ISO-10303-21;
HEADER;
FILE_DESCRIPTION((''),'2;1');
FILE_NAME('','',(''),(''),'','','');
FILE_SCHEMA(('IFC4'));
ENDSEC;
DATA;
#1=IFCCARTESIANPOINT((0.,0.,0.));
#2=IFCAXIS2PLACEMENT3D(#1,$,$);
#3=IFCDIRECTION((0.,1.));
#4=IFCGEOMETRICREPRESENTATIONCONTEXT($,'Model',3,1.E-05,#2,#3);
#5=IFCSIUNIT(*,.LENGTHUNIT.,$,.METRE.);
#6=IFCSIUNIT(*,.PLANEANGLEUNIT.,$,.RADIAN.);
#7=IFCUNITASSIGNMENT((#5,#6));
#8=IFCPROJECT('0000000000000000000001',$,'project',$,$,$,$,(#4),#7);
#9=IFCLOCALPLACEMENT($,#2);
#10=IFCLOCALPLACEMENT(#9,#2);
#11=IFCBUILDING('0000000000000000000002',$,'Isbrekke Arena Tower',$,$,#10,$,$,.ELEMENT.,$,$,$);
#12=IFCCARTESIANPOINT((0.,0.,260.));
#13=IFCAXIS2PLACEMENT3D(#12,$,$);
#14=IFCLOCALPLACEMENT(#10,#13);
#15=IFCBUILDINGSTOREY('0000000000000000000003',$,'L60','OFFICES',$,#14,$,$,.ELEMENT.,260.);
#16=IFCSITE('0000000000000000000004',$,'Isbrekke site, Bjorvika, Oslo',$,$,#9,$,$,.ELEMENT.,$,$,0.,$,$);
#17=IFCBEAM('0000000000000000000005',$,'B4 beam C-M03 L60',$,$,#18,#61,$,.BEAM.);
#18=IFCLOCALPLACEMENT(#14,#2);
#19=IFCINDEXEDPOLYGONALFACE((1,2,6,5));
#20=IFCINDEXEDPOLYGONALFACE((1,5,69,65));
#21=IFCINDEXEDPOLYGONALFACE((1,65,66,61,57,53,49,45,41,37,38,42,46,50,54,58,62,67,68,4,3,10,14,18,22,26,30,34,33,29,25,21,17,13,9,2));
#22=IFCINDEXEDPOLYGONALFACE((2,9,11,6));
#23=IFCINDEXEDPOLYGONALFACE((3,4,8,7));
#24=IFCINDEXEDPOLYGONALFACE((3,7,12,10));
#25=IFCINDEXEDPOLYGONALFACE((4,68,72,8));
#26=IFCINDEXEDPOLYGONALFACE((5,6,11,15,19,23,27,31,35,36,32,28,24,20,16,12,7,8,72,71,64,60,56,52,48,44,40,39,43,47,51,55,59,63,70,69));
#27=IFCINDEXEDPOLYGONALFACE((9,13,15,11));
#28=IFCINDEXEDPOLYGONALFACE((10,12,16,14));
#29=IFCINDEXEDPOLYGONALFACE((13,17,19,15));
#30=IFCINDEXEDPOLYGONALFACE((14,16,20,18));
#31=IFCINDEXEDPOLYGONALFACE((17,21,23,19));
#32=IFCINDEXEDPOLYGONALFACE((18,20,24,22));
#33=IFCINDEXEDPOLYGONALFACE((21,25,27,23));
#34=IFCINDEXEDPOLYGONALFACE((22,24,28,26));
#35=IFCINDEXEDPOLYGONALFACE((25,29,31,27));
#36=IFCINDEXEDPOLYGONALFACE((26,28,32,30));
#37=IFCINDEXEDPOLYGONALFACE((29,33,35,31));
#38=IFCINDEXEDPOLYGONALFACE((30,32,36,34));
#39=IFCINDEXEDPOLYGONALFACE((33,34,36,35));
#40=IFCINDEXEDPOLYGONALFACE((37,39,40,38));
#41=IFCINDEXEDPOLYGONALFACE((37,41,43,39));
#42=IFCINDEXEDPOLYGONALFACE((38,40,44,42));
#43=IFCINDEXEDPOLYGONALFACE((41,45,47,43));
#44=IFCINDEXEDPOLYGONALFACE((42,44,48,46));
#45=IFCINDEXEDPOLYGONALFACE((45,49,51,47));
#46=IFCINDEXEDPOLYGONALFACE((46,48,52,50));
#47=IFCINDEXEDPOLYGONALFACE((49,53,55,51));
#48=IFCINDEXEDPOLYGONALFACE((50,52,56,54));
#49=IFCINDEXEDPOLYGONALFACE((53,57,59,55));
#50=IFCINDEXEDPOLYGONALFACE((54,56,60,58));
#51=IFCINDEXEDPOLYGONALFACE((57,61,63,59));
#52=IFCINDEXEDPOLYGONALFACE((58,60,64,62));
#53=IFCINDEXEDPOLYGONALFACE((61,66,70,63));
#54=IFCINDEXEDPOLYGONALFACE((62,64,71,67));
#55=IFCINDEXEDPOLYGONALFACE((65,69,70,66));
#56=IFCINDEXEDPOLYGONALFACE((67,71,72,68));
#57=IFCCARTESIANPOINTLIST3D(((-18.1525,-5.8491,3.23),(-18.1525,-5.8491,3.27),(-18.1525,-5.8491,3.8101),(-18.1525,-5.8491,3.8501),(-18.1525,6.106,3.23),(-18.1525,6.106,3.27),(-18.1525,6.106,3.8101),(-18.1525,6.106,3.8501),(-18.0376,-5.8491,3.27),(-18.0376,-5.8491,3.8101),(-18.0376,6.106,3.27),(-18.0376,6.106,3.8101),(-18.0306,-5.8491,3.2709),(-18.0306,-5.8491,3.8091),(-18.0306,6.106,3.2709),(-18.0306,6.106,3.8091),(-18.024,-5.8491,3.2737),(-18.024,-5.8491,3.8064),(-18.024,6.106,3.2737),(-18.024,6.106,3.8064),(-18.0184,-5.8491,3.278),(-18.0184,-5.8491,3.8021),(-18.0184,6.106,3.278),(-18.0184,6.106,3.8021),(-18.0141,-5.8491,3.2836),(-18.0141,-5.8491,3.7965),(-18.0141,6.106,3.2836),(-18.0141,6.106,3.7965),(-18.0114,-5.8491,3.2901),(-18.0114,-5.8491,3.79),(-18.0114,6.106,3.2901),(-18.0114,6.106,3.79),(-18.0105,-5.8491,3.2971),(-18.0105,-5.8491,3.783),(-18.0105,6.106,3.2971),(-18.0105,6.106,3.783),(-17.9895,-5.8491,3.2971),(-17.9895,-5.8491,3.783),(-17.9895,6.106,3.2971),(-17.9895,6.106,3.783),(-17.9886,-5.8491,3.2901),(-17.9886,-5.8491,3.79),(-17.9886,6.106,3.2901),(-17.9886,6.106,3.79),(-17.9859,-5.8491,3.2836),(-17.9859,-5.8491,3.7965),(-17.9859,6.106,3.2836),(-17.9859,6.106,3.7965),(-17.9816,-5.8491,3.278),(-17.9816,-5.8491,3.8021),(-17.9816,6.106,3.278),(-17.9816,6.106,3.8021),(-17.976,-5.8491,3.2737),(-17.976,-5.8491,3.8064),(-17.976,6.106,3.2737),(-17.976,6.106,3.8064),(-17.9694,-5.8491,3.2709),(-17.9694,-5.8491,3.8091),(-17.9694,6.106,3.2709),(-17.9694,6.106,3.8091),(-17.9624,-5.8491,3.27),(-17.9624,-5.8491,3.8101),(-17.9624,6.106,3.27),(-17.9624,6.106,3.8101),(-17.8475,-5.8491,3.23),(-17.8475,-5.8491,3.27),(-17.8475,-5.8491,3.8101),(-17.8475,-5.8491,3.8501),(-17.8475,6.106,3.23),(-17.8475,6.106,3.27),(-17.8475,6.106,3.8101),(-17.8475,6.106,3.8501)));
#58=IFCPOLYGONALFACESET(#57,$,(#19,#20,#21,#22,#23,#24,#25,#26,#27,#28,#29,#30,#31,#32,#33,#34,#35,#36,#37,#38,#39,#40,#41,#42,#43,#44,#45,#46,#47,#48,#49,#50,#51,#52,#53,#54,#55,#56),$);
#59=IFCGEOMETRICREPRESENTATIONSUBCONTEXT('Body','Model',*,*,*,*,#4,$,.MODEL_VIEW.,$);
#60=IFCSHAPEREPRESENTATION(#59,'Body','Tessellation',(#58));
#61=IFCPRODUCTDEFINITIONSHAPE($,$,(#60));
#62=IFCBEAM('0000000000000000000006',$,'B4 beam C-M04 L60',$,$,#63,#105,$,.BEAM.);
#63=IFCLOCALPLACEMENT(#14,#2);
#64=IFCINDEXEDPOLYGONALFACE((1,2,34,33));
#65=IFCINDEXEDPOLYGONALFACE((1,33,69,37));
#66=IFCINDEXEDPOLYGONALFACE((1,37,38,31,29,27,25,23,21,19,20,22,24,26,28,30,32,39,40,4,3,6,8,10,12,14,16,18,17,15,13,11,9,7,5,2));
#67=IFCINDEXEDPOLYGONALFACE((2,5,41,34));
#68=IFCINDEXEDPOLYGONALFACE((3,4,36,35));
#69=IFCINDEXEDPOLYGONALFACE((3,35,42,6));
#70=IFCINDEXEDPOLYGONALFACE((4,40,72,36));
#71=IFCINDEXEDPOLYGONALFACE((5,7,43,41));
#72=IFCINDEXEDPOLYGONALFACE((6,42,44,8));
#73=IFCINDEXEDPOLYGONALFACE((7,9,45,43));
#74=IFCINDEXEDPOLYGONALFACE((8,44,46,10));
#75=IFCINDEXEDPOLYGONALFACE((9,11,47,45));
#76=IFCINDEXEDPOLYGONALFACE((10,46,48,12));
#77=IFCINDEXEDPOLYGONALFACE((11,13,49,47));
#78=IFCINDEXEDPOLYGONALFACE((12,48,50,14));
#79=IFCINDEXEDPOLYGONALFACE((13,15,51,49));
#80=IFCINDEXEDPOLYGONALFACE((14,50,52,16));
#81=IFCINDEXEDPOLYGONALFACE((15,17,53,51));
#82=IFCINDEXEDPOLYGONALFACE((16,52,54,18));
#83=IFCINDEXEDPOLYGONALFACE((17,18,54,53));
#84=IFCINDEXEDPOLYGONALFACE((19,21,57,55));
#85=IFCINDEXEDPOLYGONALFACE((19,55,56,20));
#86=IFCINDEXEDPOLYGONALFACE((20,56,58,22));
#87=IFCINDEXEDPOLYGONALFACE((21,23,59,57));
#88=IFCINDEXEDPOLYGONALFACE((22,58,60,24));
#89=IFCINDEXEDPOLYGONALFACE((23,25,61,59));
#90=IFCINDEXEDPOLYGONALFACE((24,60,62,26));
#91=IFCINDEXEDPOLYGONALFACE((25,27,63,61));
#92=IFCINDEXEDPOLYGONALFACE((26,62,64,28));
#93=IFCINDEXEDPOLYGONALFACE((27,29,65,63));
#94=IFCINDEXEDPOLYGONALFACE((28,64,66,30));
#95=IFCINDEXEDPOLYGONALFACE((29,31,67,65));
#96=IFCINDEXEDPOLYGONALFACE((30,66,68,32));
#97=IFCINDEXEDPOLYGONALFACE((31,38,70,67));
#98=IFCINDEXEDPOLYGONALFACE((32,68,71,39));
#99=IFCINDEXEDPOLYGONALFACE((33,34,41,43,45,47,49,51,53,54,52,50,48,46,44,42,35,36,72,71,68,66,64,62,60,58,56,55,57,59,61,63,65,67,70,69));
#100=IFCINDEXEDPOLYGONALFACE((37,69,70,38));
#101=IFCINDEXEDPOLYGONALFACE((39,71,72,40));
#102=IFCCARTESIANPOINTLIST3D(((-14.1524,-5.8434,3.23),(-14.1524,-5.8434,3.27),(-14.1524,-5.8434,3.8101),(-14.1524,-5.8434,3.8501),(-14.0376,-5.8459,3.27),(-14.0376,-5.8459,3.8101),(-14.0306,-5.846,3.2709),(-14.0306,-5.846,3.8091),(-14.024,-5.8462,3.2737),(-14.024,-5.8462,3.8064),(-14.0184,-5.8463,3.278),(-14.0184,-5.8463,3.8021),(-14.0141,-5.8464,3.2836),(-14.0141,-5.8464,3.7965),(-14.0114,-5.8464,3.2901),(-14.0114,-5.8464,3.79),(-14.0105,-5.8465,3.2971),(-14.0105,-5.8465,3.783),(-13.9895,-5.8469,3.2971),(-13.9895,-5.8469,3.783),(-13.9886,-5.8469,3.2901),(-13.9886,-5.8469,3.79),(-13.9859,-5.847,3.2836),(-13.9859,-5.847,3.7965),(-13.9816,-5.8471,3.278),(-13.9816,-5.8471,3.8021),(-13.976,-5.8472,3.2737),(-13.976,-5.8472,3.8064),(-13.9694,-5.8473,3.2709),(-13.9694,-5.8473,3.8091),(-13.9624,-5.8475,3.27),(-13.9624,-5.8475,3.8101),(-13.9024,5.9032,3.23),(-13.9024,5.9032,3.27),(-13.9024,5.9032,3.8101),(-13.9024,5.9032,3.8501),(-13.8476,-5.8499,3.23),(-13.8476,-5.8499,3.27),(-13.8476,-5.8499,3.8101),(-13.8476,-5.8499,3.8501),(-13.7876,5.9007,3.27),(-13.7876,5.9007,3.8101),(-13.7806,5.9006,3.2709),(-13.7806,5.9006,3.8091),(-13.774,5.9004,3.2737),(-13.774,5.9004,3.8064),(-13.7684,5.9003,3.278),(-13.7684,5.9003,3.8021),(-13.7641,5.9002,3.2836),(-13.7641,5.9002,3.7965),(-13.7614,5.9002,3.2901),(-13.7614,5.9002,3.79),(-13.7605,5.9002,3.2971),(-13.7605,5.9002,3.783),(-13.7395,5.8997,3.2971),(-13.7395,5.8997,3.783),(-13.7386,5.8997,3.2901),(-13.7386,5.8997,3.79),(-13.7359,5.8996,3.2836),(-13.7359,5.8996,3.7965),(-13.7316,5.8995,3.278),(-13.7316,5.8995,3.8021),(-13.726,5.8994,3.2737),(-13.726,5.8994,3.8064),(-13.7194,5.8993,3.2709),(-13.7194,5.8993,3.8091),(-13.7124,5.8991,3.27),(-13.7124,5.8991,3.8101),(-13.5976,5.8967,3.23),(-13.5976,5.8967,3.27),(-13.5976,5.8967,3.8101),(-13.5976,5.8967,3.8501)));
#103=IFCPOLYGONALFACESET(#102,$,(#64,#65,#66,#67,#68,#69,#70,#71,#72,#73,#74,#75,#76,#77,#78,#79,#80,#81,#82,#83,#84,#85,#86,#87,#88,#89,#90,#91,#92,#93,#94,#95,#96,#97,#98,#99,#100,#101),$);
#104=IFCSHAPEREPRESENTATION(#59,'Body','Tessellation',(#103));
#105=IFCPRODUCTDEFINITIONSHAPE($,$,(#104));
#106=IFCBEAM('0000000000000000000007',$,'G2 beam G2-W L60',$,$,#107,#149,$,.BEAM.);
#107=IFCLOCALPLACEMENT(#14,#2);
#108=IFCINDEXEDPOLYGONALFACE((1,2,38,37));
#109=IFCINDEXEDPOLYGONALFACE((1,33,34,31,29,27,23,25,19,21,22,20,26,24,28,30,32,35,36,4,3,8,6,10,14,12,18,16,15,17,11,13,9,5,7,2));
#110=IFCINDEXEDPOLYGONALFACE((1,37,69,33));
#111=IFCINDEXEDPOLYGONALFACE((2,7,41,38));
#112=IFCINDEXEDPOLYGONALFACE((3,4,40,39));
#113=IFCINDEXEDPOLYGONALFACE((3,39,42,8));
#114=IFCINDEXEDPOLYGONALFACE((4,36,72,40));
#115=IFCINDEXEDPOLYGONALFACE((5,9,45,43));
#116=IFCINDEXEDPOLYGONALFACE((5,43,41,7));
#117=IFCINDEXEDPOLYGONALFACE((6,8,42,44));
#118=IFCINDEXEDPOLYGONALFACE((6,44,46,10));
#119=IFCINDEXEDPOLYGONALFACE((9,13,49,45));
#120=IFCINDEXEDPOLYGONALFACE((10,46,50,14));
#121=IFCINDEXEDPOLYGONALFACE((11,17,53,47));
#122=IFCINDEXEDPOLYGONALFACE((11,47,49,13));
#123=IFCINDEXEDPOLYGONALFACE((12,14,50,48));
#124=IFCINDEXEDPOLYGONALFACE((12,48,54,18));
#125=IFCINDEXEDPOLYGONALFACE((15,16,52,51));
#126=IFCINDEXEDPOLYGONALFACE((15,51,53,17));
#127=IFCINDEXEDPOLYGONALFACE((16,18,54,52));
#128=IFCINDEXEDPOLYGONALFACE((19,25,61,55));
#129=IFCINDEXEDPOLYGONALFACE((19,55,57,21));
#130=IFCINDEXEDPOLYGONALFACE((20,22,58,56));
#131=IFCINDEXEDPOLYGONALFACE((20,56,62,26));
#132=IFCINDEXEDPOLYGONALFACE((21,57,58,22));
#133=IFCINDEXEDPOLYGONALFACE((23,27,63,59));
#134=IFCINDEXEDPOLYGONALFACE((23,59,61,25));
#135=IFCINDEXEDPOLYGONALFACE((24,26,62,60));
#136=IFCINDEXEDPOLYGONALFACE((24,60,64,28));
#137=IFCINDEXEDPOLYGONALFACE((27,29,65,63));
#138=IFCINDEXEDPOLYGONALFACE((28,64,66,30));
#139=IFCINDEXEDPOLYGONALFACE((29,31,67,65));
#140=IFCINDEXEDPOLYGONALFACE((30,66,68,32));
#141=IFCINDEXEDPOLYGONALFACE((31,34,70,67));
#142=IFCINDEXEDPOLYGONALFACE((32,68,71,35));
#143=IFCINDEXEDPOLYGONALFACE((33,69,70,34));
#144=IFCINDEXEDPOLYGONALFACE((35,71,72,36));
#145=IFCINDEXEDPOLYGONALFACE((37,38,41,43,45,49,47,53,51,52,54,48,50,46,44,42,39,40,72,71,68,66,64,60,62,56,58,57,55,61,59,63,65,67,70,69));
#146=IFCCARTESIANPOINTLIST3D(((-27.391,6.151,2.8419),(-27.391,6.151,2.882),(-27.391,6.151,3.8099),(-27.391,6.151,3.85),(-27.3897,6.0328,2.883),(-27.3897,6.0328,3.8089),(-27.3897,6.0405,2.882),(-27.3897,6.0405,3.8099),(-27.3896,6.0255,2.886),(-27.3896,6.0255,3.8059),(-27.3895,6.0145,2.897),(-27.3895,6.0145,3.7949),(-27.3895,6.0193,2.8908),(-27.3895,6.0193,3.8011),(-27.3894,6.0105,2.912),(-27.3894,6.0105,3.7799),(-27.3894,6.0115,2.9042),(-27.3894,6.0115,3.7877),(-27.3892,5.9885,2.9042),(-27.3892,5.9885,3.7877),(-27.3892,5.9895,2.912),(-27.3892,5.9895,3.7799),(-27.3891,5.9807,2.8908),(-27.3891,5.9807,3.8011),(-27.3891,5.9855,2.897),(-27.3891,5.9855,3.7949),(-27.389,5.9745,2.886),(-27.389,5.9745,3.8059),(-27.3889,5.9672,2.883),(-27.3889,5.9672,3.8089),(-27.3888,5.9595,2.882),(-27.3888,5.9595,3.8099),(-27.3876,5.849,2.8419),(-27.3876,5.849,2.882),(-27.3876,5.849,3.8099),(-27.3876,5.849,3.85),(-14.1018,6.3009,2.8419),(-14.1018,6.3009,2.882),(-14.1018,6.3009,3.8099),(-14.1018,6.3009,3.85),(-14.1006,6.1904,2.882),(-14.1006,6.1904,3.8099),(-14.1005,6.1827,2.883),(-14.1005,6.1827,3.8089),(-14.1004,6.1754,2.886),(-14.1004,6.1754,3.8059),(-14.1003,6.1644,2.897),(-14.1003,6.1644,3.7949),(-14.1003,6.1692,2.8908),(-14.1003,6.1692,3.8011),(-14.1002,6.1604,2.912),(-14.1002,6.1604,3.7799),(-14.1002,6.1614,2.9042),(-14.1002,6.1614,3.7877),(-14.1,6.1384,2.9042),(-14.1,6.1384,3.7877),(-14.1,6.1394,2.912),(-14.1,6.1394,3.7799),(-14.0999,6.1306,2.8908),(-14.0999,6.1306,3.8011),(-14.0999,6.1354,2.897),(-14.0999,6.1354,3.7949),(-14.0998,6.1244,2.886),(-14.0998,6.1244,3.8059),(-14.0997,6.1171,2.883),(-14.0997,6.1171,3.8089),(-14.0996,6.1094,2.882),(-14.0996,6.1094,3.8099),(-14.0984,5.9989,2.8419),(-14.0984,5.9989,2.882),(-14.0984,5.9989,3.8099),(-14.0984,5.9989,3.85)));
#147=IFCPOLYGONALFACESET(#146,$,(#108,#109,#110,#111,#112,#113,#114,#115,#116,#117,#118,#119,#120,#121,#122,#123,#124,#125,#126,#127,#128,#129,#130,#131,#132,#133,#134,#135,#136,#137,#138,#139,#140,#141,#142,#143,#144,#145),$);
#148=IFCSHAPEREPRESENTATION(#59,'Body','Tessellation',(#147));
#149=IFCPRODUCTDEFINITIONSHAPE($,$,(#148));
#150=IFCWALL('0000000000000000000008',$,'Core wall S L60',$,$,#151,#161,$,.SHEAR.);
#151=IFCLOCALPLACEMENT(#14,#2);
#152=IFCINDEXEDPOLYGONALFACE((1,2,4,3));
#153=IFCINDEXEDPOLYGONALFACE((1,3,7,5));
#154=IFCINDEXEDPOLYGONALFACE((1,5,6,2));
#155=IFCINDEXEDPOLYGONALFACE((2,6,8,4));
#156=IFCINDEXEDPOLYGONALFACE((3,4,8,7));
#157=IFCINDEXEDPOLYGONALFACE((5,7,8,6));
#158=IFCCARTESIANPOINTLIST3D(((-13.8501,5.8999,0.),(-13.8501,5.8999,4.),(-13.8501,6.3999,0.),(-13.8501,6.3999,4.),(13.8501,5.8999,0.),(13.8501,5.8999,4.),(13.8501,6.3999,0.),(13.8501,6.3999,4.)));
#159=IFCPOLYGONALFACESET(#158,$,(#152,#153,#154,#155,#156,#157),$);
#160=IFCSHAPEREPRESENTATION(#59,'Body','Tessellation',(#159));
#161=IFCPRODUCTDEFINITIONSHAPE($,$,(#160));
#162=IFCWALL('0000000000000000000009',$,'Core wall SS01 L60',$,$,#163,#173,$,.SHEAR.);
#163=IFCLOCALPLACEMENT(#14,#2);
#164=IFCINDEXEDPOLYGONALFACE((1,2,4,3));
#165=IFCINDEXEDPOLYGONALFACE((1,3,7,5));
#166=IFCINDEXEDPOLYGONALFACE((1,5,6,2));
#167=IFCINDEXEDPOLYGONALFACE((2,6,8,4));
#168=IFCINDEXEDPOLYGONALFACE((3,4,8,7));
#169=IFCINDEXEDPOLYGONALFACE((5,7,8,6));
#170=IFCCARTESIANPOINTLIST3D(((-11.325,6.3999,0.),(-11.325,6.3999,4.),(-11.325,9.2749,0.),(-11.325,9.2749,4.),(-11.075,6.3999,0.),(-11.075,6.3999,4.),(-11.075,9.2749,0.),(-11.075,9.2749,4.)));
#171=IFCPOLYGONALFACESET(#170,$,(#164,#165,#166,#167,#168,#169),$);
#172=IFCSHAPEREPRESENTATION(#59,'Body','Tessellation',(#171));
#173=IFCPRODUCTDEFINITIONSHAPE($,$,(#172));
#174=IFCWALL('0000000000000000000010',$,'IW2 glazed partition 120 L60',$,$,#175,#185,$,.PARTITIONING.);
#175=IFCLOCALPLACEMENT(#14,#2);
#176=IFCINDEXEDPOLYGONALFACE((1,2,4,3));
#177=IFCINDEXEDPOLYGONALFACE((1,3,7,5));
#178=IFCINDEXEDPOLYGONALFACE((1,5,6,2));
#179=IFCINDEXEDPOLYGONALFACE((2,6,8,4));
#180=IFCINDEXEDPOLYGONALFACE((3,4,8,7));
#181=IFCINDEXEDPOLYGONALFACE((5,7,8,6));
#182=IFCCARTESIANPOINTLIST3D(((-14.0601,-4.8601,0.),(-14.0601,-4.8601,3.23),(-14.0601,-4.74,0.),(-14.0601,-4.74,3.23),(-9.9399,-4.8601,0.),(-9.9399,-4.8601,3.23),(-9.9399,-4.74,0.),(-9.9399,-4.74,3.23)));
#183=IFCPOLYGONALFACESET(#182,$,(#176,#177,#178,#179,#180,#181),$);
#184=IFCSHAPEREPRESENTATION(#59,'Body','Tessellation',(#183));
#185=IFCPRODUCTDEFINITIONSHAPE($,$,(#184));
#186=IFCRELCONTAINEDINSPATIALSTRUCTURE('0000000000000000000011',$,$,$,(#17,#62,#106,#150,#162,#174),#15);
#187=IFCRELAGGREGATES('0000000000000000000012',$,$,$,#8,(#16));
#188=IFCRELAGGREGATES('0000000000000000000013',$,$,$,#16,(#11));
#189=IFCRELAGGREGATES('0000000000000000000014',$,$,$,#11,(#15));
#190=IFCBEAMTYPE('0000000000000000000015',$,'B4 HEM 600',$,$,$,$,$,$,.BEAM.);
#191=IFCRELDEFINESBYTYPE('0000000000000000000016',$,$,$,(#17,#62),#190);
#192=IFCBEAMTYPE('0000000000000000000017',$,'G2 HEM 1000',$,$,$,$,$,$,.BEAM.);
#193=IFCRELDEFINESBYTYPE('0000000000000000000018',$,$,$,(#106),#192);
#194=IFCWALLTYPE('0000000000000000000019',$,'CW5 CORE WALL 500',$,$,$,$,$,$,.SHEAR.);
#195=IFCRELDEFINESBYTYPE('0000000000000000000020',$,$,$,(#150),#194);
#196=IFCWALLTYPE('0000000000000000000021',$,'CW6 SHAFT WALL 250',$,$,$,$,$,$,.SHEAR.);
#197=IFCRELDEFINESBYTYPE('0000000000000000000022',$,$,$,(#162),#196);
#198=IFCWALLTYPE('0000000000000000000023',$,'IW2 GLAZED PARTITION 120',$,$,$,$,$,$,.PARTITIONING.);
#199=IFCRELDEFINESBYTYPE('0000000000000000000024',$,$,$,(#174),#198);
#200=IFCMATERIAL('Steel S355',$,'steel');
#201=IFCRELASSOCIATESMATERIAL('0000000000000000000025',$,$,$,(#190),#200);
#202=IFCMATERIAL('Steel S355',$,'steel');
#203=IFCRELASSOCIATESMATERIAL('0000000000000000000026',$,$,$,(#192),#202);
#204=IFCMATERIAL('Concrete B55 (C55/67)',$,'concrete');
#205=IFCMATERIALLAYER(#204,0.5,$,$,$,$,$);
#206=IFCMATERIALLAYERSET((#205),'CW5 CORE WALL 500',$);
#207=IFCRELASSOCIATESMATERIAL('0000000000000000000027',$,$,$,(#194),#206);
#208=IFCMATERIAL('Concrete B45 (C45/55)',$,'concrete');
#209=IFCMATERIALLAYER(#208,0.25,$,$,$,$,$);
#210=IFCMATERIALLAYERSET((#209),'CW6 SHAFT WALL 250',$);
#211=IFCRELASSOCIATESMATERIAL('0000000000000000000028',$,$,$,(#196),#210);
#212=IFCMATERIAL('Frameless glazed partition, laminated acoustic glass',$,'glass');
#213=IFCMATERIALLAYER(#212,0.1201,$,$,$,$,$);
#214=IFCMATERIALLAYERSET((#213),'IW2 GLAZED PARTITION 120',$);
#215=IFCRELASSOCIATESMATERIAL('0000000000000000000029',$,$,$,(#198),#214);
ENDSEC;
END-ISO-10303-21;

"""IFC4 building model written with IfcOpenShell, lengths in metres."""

from ifc_helpers import new_model, si_unit, direction, frame, frame_2d, origin, origin_2d, place, context, subcontext, project, spatial, rectangle, i_section, extrude, material, layer, layer_set, material_profile, profile_set, type_object, element, save


model = new_model("IFC4")

# Units and contexts
model_context = context("Model", 3, precision=1e-05, world=origin(), true_north=direction((0.0, 1.0)))
body_context = subcontext(model_context, "Body", "Model", "MODEL_VIEW")
ifc_project = project(units=[si_unit("LENGTHUNIT", "METRE"), si_unit("PLANEANGLEUNIT", "RADIAN")], contexts=[model_context])

# Site, building, storey
site_placement = place(None, origin())
site = spatial("IfcSite", under=ifc_project, at=site_placement, Name="Isbrekke site, Bjorvika, Oslo", CompositionType="ELEMENT", RefElevation=0.0)
building_placement = place(site_placement, origin())
building = spatial("IfcBuilding", under=site, at=building_placement, Name="Isbrekke Arena Tower", CompositionType="ELEMENT")
storey_placement = place(building_placement, frame((0.0, 0.0, 260.0)))
storey = spatial("IfcBuildingStorey", under=building, at=storey_placement, Name="L60", Description="OFFICES", CompositionType="ELEMENT", Elevation=260.0)

# Beams
ifc_material_1 = material(Name="Steel S355", Category="steel")
ifc_material_profile_1 = material_profile(ifc_material_1, i_section(OverallWidth=0.3049, OverallDepth=0.6201, WebThickness=0.021, FlangeThickness=0.04, FilletRadius=0.0271, at=origin_2d()), Name="HEM 600")
ifc_profile_set_1 = profile_set([ifc_material_profile_1], Name="Steel S355")
beam_type_1 = type_object("IfcBeamType", Name="B4 HEM 600", PredefinedType="BEAM", material=ifc_profile_set_1)
beam_1_placement = place(storey_placement, frame((-18.0, -5.8491, 3.54), z_axis=(0.0, 1.0, 0.0), x_axis=(-1.0, 0.0, 0.0)))
element("IfcBeam", 1, at=beam_1_placement, inside=storey, type_object=beam_type_1, Name="B4 beam C-M03 L60", PredefinedType="BEAM", context=body_context, shape_type="SweptSolid", body=[
    extrude(i_section(OverallWidth=0.3049, OverallDepth=0.6201, WebThickness=0.021, FlangeThickness=0.04, FilletRadius=0.0271, at=origin_2d()), origin(), (0.0, 0.0, 1.0), 11.9551),
])
beam_2_placement = place(storey_placement, frame((-14.0, -5.8467, 3.54), z_axis=(0.021278, 0.999774, 0.0), x_axis=(-0.999774, 0.021278, 0.0)))
element("IfcBeam", 2, at=beam_2_placement, inside=storey, type_object=beam_type_1, Name="B4 beam C-M04 L60", PredefinedType="BEAM", context=body_context, shape_type="SweptSolid", body=[
    extrude(i_section(OverallWidth=0.3049, OverallDepth=0.6201, WebThickness=0.021, FlangeThickness=0.04, FilletRadius=0.0271, at=origin_2d()), origin(), (0.0, 0.0, 1.0), 11.7493),
])
ifc_material_2 = material(Name="Steel S355", Category="steel")
ifc_material_profile_2 = material_profile(ifc_material_2, i_section(OverallWidth=0.302, OverallDepth=1.0081, WebThickness=0.021, FlangeThickness=0.04, FilletRadius=0.03, at=origin_2d()), Name="HEM 1000")
ifc_profile_set_2 = profile_set([ifc_material_profile_2], Name="Steel S355")
beam_type_2 = type_object("IfcBeamType", Name="G2 HEM 1000", PredefinedType="BEAM", material=ifc_profile_set_2)
beam_3_placement = place(storey_placement, frame((-14.1001, 6.1499, 3.3459), z_axis=(-0.999936, -0.011279, 0.0), x_axis=(0.011279, -0.999936, 0.0)))
element("IfcBeam", 3, at=beam_3_placement, inside=storey, type_object=beam_type_2, Name="G2 beam G2-W L60", PredefinedType="BEAM", context=body_context, shape_type="SweptSolid", body=[
    extrude(i_section(OverallWidth=0.302, OverallDepth=1.0081, WebThickness=0.021, FlangeThickness=0.04, FilletRadius=0.03, at=origin_2d()), origin(), (0.0, 0.0, 1.0), 13.29),
])

# Wall
ifc_material_3 = material(Name="Concrete B55 (C55/67)", Category="concrete")
ifc_layer_1 = layer(ifc_material_3, 0.5)
ifc_layer_set_1 = layer_set([ifc_layer_1], Name="CW5 CORE WALL 500")
wall_type_1 = type_object("IfcWallType", Name="CW5 CORE WALL 500", PredefinedType="SHEAR", material=ifc_layer_set_1)
wall_1_placement = place(storey_placement, frame((-13.8501, 6.1499, 0.0), z_axis=(0.0, 0.0, 1.0), x_axis=(1.0, 0.0, 0.0)))
element("IfcWall", 4, at=wall_1_placement, inside=storey, type_object=wall_type_1, Name="Core wall S L60", PredefinedType="SHEAR", context=body_context, shape_type="SweptSolid", body=[
    extrude(rectangle(XDim=27.7002, YDim=0.5, at=frame_2d((13.8501, 0.0))), origin(), (0.0, 0.0, 1.0), 4.0),
])

# Shared definitions
ifc_material_4 = material(Name="Concrete B45 (C45/55)", Category="concrete")
ifc_layer_2 = layer(ifc_material_4, 0.25)
ifc_layer_set_2 = layer_set([ifc_layer_2], Name="CW6 SHAFT WALL 250")
wall_type_2 = type_object("IfcWallType", Name="CW6 SHAFT WALL 250", PredefinedType="SHEAR", material=ifc_layer_set_2)

# Walls
wall_2_placement = place(storey_placement, frame((-11.2, 6.3999, 0.0), z_axis=(0.0, 0.0, 1.0), x_axis=(0.0, 1.0, 0.0)))
element("IfcWall", 5, at=wall_2_placement, inside=storey, type_object=wall_type_2, Name="Core wall SS01 L60", PredefinedType="SHEAR", context=body_context, shape_type="SweptSolid", body=[
    extrude(rectangle(XDim=2.875, YDim=0.25, at=frame_2d((1.4375, 0.0))), origin(), (0.0, 0.0, 1.0), 4.0),
])
ifc_material_5 = material(Name="Frameless glazed partition, laminated acoustic glass", Category="glass")
ifc_layer_3 = layer(ifc_material_5, 0.1201)
ifc_layer_set_3 = layer_set([ifc_layer_3], Name="IW2 GLAZED PARTITION 120")
wall_type_3 = type_object("IfcWallType", Name="IW2 GLAZED PARTITION 120", PredefinedType="PARTITIONING", material=ifc_layer_set_3)
wall_3_placement = place(storey_placement, frame((-14.0601, -4.8, 0.0), z_axis=(0.0, 0.0, 1.0), x_axis=(1.0, 0.0, 0.0)))
element("IfcWall", 6, at=wall_3_placement, inside=storey, type_object=wall_type_3, Name="IW2 glazed partition 120 L60", PredefinedType="PARTITIONING", context=body_context, shape_type="SweptSolid", body=[
    extrude(rectangle(XDim=4.1201, YDim=0.1201, at=frame_2d((2.0601, 0.0))), origin(), (0.0, 0.0, 1.0), 3.23),
])

save(model, "model.ifc")
